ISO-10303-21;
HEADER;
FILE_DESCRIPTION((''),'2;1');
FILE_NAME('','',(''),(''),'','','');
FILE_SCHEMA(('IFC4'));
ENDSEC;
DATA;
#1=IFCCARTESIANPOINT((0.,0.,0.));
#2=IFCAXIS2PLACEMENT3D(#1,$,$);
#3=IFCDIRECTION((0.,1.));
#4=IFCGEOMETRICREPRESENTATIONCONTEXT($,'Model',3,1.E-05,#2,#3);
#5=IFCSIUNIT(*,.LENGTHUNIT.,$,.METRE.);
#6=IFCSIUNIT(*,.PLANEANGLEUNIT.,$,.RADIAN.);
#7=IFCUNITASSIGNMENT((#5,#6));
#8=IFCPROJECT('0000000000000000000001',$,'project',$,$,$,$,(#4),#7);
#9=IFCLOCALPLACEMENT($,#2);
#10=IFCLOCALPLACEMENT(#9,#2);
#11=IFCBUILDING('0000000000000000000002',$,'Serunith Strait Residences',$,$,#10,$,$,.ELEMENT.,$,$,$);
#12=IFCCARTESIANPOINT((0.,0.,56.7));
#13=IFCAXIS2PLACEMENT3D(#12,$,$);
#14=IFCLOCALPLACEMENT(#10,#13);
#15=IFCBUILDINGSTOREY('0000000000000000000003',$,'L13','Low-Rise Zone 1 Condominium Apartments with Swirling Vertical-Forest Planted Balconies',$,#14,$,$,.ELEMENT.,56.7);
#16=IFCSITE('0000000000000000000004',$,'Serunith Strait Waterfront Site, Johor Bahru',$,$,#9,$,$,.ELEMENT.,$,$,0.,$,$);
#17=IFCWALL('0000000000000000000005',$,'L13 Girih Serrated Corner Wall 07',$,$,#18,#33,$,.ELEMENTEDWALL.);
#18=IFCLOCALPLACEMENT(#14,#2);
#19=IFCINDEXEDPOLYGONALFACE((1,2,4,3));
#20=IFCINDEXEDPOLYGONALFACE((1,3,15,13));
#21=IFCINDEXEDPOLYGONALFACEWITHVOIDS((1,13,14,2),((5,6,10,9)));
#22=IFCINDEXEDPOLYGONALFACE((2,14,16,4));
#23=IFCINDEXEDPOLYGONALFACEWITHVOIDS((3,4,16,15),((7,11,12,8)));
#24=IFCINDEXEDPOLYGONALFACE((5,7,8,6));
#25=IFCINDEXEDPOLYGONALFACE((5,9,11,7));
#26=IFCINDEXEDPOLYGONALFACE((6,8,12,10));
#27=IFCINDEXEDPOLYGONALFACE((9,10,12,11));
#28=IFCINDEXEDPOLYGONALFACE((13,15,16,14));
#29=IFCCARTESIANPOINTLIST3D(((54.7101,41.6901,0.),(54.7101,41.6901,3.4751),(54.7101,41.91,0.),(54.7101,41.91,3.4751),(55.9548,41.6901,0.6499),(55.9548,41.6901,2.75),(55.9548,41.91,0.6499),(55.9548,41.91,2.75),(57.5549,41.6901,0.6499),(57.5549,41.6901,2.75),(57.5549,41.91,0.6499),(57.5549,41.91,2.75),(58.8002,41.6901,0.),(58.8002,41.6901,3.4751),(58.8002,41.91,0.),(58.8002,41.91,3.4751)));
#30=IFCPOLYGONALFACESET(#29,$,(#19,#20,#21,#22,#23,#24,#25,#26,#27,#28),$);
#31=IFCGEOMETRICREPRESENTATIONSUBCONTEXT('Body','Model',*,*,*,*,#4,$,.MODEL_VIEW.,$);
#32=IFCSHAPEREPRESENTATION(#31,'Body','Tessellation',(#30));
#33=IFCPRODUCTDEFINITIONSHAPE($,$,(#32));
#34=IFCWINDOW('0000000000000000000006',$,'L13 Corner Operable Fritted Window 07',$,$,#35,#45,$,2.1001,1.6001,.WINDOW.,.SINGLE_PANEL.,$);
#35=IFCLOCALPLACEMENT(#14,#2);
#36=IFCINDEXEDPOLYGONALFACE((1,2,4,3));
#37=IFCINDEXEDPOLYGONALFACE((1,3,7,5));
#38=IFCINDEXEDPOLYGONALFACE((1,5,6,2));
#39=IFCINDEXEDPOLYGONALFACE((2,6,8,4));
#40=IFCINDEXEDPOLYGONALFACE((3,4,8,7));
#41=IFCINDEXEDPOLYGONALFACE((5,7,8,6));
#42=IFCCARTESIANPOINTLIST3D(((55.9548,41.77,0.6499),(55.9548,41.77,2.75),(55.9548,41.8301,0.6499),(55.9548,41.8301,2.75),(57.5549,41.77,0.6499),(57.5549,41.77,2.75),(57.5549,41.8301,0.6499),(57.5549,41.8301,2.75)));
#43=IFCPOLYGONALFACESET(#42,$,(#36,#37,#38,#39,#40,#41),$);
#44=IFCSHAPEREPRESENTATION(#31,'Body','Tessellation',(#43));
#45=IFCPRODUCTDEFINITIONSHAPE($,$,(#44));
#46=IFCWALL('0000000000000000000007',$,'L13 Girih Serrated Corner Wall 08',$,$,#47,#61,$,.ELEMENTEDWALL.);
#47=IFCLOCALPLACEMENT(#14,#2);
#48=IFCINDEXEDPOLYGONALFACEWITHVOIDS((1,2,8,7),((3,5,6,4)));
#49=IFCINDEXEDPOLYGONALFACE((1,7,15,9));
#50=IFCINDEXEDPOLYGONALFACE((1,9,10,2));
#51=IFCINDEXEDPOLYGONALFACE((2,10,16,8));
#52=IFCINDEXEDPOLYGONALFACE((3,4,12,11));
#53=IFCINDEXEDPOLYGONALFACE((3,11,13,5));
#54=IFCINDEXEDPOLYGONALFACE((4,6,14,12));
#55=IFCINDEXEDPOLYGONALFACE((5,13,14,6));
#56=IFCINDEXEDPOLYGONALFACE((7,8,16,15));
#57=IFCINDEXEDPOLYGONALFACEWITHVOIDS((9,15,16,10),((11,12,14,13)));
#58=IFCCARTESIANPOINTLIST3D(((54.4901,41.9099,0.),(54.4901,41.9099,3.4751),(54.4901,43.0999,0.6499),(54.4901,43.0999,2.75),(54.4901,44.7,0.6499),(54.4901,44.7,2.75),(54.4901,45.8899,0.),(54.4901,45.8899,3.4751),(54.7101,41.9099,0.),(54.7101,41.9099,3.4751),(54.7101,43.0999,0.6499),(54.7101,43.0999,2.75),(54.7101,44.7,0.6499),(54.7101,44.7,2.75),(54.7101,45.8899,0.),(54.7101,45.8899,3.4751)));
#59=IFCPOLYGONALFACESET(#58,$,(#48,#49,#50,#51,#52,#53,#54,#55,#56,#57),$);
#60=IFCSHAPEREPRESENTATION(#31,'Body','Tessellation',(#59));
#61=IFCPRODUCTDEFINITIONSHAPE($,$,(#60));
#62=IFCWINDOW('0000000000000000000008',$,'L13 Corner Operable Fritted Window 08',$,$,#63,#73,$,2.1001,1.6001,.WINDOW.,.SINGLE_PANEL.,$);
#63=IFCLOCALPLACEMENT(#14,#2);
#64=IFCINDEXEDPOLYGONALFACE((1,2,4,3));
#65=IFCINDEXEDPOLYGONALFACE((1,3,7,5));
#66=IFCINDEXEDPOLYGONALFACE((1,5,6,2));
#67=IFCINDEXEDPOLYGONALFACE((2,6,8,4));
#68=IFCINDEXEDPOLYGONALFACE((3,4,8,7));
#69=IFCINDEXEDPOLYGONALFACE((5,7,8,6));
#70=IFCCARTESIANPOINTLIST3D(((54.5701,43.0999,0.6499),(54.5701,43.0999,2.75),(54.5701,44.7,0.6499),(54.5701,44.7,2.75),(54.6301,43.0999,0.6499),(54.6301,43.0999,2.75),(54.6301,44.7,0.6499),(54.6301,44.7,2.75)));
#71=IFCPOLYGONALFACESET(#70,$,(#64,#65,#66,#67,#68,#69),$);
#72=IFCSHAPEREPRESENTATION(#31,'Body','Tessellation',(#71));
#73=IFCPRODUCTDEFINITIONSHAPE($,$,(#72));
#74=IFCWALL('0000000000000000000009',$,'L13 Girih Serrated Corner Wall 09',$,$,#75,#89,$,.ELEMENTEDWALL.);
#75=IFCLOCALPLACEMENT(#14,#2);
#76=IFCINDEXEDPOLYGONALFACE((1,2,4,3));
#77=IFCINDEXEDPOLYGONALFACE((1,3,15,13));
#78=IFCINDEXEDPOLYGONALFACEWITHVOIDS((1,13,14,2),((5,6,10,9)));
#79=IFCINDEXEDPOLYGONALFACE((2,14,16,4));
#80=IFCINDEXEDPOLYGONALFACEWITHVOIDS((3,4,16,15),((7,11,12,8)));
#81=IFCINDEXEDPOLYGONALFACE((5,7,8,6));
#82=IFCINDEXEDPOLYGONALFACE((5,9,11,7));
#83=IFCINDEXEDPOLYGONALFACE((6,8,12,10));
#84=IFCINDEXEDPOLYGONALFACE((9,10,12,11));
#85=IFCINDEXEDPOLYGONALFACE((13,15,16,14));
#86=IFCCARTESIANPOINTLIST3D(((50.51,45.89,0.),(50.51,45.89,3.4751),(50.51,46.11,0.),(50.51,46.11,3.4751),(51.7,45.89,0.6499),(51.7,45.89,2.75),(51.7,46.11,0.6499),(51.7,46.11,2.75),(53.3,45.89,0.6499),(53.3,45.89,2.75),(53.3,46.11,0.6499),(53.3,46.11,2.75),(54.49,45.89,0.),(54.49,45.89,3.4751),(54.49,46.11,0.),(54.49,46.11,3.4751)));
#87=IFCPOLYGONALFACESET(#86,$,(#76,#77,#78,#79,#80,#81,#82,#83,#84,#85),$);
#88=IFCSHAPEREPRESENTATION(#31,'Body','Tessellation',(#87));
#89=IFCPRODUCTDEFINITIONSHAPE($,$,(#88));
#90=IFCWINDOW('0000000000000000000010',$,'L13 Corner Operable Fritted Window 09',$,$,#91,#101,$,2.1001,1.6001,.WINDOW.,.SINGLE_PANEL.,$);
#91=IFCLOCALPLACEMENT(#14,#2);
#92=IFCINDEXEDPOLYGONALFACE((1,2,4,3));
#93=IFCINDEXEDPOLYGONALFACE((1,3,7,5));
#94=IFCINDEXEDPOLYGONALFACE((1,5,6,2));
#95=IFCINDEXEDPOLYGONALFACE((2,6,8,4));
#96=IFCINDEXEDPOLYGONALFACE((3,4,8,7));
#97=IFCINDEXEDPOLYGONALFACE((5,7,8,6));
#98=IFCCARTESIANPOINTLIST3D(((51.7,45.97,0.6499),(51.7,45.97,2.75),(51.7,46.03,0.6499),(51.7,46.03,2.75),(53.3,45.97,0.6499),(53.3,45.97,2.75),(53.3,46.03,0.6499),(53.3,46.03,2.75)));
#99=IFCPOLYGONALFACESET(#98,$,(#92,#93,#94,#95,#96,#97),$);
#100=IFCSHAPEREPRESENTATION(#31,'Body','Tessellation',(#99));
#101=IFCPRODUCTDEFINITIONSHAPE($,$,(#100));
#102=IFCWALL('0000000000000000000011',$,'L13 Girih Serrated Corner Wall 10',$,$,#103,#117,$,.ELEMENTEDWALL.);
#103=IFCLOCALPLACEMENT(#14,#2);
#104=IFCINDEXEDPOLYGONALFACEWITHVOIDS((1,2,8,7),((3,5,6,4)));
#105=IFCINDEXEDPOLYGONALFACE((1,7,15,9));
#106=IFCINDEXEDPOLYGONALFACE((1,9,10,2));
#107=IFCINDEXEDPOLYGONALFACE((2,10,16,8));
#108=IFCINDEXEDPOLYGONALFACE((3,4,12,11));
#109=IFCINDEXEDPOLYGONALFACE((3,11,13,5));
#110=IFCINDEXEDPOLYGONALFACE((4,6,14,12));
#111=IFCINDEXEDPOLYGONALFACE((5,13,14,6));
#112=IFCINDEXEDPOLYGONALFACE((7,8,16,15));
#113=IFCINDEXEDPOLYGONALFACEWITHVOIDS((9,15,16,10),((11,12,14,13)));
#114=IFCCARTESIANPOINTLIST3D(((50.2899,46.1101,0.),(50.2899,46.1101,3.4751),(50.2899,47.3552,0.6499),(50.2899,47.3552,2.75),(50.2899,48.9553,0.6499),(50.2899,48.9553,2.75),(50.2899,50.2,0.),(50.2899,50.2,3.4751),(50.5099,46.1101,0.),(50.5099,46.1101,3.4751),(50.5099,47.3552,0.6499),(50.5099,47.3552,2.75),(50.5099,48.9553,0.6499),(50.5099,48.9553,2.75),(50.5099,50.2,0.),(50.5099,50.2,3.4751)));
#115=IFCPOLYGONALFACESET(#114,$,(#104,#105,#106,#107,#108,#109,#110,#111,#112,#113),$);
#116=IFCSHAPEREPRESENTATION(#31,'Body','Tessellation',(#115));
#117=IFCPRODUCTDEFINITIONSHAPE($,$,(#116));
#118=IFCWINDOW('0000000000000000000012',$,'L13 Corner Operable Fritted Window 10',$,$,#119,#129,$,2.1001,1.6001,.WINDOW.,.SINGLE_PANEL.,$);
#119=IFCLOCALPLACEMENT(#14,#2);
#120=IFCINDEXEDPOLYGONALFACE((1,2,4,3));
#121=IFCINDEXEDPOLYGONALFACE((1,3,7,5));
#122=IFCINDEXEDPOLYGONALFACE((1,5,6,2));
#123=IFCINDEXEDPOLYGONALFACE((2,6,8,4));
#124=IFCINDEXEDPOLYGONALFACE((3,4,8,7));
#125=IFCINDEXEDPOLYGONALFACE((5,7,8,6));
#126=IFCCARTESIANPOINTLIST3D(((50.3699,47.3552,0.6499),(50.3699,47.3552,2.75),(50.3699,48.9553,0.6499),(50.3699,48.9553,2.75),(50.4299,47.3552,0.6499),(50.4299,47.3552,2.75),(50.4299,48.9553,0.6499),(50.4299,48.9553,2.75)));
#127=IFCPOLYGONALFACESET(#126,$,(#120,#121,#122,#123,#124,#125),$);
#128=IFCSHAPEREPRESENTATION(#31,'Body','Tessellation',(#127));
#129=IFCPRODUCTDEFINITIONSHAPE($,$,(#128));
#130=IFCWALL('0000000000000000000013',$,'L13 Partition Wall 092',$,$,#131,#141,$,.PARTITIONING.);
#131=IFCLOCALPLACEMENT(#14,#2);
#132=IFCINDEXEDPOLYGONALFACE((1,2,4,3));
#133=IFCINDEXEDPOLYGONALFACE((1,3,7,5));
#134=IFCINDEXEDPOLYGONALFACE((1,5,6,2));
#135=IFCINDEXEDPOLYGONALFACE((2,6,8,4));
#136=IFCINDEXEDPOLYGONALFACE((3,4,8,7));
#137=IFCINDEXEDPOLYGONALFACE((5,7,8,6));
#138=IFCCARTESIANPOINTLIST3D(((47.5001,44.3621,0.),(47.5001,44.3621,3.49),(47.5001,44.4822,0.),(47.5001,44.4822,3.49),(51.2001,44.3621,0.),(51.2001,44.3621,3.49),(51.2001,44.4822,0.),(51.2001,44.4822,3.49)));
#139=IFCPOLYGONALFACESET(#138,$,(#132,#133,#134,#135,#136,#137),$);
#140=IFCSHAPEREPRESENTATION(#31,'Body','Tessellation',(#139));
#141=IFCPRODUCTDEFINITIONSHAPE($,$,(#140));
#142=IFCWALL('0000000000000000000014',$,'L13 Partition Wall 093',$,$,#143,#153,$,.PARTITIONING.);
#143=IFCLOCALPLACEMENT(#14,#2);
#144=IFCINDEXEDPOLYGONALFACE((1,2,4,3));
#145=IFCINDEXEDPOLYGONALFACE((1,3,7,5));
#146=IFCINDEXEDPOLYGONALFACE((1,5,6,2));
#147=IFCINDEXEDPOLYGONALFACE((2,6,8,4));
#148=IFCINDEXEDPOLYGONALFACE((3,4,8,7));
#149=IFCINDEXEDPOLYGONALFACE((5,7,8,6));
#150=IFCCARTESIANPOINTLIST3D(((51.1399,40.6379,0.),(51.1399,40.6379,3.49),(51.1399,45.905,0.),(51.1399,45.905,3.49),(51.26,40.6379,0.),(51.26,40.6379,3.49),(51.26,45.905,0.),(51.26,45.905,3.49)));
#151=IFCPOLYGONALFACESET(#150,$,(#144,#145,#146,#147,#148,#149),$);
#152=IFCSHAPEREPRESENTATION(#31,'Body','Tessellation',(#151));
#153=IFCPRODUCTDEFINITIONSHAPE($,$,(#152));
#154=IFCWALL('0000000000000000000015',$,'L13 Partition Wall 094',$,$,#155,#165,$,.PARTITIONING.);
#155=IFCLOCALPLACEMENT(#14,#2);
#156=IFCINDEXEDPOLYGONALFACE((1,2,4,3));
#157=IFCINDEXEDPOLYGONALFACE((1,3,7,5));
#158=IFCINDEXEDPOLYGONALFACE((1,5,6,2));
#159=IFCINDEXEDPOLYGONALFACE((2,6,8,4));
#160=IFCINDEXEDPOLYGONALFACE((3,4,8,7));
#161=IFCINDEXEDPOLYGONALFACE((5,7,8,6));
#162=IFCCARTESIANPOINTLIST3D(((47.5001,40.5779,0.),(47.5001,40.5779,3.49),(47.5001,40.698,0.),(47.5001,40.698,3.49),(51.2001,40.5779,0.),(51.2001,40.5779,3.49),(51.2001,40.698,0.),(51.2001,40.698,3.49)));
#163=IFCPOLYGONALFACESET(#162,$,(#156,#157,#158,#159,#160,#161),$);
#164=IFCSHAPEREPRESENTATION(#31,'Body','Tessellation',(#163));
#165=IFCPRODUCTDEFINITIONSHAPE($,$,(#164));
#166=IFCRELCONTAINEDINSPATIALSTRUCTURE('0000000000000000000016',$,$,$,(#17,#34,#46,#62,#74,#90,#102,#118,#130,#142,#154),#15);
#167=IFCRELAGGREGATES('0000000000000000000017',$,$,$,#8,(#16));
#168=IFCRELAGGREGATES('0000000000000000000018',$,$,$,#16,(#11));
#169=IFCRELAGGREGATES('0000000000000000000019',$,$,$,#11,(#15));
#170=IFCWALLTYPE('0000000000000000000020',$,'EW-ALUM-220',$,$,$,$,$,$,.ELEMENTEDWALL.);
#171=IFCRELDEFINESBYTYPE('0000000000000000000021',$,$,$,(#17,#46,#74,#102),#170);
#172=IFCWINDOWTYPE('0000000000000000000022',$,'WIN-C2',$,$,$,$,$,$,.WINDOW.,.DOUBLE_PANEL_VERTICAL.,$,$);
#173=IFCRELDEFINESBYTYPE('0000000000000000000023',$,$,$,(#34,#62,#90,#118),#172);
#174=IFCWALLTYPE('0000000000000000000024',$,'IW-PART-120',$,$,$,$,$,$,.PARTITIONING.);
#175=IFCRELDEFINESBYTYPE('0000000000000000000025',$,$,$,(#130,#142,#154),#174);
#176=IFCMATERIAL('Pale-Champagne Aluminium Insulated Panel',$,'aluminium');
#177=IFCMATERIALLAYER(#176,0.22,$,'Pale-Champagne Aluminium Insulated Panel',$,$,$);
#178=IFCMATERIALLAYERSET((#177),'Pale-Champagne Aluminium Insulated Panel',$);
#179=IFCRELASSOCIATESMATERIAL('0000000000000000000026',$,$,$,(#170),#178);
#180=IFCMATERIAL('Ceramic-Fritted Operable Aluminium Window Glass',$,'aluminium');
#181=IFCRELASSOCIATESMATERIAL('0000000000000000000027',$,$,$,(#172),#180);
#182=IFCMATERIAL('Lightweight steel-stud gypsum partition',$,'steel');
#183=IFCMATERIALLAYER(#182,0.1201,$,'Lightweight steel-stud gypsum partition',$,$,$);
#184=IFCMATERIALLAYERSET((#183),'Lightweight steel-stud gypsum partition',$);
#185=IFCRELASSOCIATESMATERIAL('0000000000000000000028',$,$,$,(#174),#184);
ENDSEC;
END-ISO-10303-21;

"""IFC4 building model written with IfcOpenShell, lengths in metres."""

from ifc_helpers import new_model, si_unit, direction, frame, frame_2d, origin, place, context, subcontext, project, spatial, rectangle, extrude, source, transform, mapped, material, layer, layer_set, type_object, element, fill, save


model = new_model("IFC4")

# Units and contexts
model_context = context("Model", 3, precision=1e-05, world=origin(), true_north=direction((0.0, 1.0)))
body_context = subcontext(model_context, "Body", "Model", "MODEL_VIEW")
ifc_project = project(units=[si_unit("LENGTHUNIT", "METRE"), si_unit("PLANEANGLEUNIT", "RADIAN")], contexts=[model_context])

# Site, building, storey
site_placement = place(None, origin())
site = spatial("IfcSite", under=ifc_project, at=site_placement, Name="Serunith Strait Waterfront Site, Johor Bahru", CompositionType="ELEMENT", RefElevation=0.0)
building_placement = place(site_placement, origin())
building = spatial("IfcBuilding", under=site, at=building_placement, Name="Serunith Strait Residences", CompositionType="ELEMENT")
storey_placement = place(building_placement, frame((0.0, 0.0, 56.7)))
storey = spatial("IfcBuildingStorey", under=building, at=storey_placement, Name="L13", Description="Low-Rise Zone 1 Condominium Apartments with Swirling Vertical-Forest Planted Balconies", CompositionType="ELEMENT", Elevation=56.7)

# Walls, openings, windows
ifc_material_1 = material(Name="Pale-Champagne Aluminium Insulated Panel", Category="aluminium")
ifc_layer_1 = layer(ifc_material_1, 0.22, Name="Pale-Champagne Aluminium Insulated Panel")
ifc_layer_set_1 = layer_set([ifc_layer_1], Name="Pale-Champagne Aluminium Insulated Panel")
wall_type_1 = type_object("IfcWallType", Name="EW-ALUM-220", PredefinedType="ELEMENTEDWALL", material=ifc_layer_set_1)
wall_1_placement = place(storey_placement, frame((58.8, 41.8, 0.0), z_axis=(0.0, 0.0, 1.0), x_axis=(-1.0, 0.0, 0.0)))
wall_1 = element("IfcWall", 1, at=wall_1_placement, inside=storey, type_object=wall_type_1, Name="L13 Girih Serrated Corner Wall 07", PredefinedType="ELEMENTEDWALL", context=body_context, shape_type="SweptSolid", body=[
    extrude(rectangle(XDim=4.0901, YDim=0.22, at=frame_2d((2.0449, 0.0))), origin(), (0.0, 0.0, 1.0), 3.4751),
])
opening_1_placement = place(wall_1_placement, frame((1.2451, 0.0, 0.6499)))
opening_1 = element("IfcOpeningElement", 2, at=opening_1_placement, cuts=wall_1, PredefinedType="OPENING", context=body_context, shape_type="SweptSolid", body=[
    extrude(rectangle(XDim=1.6001, YDim=2.1001, at=frame_2d((0.8, 1.05))), frame((0.0, 0.1201, 0.0), z_axis=(0.0, -1.0, 0.0), x_axis=(1.0, 0.0, 0.0)), (0.0, 0.0, 1.0), 0.24),
])
ifc_material_2 = material(Name="Ceramic-Fritted Operable Aluminium Window Glass", Category="aluminium")
window_type = type_object("IfcWindowType", Name="WIN-C2", PartitioningType="DOUBLE_PANEL_VERTICAL", PredefinedType="WINDOW", material=ifc_material_2)
shared_shape_1 = source(origin(), body_context, "Body", "SweptSolid", [
    extrude(rectangle(XDim=1.6001, YDim=2.1001, at=frame_2d((0.8, 1.05))), frame((0.0, 0.03, 0.0), z_axis=(0.0, -1.0, 0.0), x_axis=(1.0, 0.0, 0.0)), (0.0, 0.0, 1.0), 0.0601),
])
window_1_placement = place(opening_1_placement, origin())
window_1 = element("IfcWindow", 3, at=window_1_placement, inside=storey, type_object=window_type, Name="L13 Corner Operable Fritted Window 07", OverallHeight=2.1001, OverallWidth=1.6001, PartitioningType="SINGLE_PANEL", PredefinedType="WINDOW", context=body_context, shape_type="MappedRepresentation", body=[
    mapped(shared_shape_1, transform((0.0, 0.0, 0.0), scale=1.0)),
])
fill(opening_1, window_1)
wall_2_placement = place(storey_placement, frame((54.6001, 41.9099, 0.0), z_axis=(0.0, 0.0, 1.0), x_axis=(0.0, 1.0, 0.0)))
wall_2 = element("IfcWall", 4, at=wall_2_placement, inside=storey, type_object=wall_type_1, Name="L13 Girih Serrated Corner Wall 08", PredefinedType="ELEMENTEDWALL", context=body_context, shape_type="SweptSolid", body=[
    extrude(rectangle(XDim=3.98, YDim=0.22, at=frame_2d((1.99, 0.0))), origin(), (0.0, 0.0, 1.0), 3.4751),
])
opening_2_placement = place(wall_2_placement, frame((1.1899, 0.0, 0.6499)))
opening_2 = element("IfcOpeningElement", 5, at=opening_2_placement, cuts=wall_2, PredefinedType="OPENING", context=body_context, shape_type="SweptSolid", body=[
    extrude(rectangle(XDim=1.6001, YDim=2.1001, at=frame_2d((0.8, 1.05))), frame((0.0, 0.1201, 0.0), z_axis=(0.0, -1.0, 0.0), x_axis=(1.0, 0.0, 0.0)), (0.0, 0.0, 1.0), 0.24),
])
window_2_placement = place(opening_2_placement, origin())
window_2 = element("IfcWindow", 6, at=window_2_placement, inside=storey, type_object=window_type, Name="L13 Corner Operable Fritted Window 08", OverallHeight=2.1001, OverallWidth=1.6001, PartitioningType="SINGLE_PANEL", PredefinedType="WINDOW", context=body_context, shape_type="MappedRepresentation", body=[
    mapped(shared_shape_1, transform((0.0, 0.0, 0.0), scale=1.0)),
])
fill(opening_2, window_2)
wall_3_placement = place(storey_placement, frame((54.49, 46.0, 0.0), z_axis=(0.0, 0.0, 1.0), x_axis=(-1.0, 0.0, 0.0)))
wall_3 = element("IfcWall", 7, at=wall_3_placement, inside=storey, type_object=wall_type_1, Name="L13 Girih Serrated Corner Wall 09", PredefinedType="ELEMENTEDWALL", context=body_context, shape_type="SweptSolid", body=[
    extrude(rectangle(XDim=3.98, YDim=0.22, at=frame_2d((1.99, 0.0))), origin(), (0.0, 0.0, 1.0), 3.4751),
])
opening_3_placement = place(wall_3_placement, frame((1.1899, 0.0, 0.6499)))
opening_3 = element("IfcOpeningElement", 8, at=opening_3_placement, cuts=wall_3, PredefinedType="OPENING", context=body_context, shape_type="SweptSolid", body=[
    extrude(rectangle(XDim=1.6001, YDim=2.1001, at=frame_2d((0.8, 1.05))), frame((0.0, 0.1201, 0.0), z_axis=(0.0, -1.0, 0.0), x_axis=(1.0, 0.0, 0.0)), (0.0, 0.0, 1.0), 0.24),
])
window_3_placement = place(opening_3_placement, origin())
window_3 = element("IfcWindow", 9, at=window_3_placement, inside=storey, type_object=window_type, Name="L13 Corner Operable Fritted Window 09", OverallHeight=2.1001, OverallWidth=1.6001, PartitioningType="SINGLE_PANEL", PredefinedType="WINDOW", context=body_context, shape_type="MappedRepresentation", body=[
    mapped(shared_shape_1, transform((0.0, 0.0, 0.0), scale=1.0)),
])
fill(opening_3, window_3)
wall_4_placement = place(storey_placement, frame((50.3999, 46.1101, 0.0), z_axis=(0.0, 0.0, 1.0), x_axis=(0.0, 1.0, 0.0)))
wall_4 = element("IfcWall", 10, at=wall_4_placement, inside=storey, type_object=wall_type_1, Name="L13 Girih Serrated Corner Wall 10", PredefinedType="ELEMENTEDWALL", context=body_context, shape_type="SweptSolid", body=[
    extrude(rectangle(XDim=4.0898, YDim=0.22, at=frame_2d((2.0449, 0.0))), origin(), (0.0, 0.0, 1.0), 3.4751),
])
opening_4_placement = place(wall_4_placement, frame((1.2451, 0.0, 0.6499)))
opening_4 = element("IfcOpeningElement", 11, at=opening_4_placement, cuts=wall_4, PredefinedType="OPENING", context=body_context, shape_type="SweptSolid", body=[
    extrude(rectangle(XDim=1.6001, YDim=2.1001, at=frame_2d((0.8, 1.05))), frame((0.0, 0.1201, 0.0), z_axis=(0.0, -1.0, 0.0), x_axis=(1.0, 0.0, 0.0)), (0.0, 0.0, 1.0), 0.24),
])
window_4_placement = place(opening_4_placement, origin())
window_4 = element("IfcWindow", 12, at=window_4_placement, inside=storey, type_object=window_type, Name="L13 Corner Operable Fritted Window 10", OverallHeight=2.1001, OverallWidth=1.6001, PartitioningType="SINGLE_PANEL", PredefinedType="WINDOW", context=body_context, shape_type="MappedRepresentation", body=[
    mapped(shared_shape_1, transform((0.0, 0.0, 0.0), scale=1.0)),
])
fill(opening_4, window_4)

# Walls
ifc_material_3 = material(Name="Lightweight steel-stud gypsum partition", Category="steel")
ifc_layer_2 = layer(ifc_material_3, 0.1201, Name="Lightweight steel-stud gypsum partition")
ifc_layer_set_2 = layer_set([ifc_layer_2], Name="Lightweight steel-stud gypsum partition")
wall_type_2 = type_object("IfcWallType", Name="IW-PART-120", PredefinedType="PARTITIONING", material=ifc_layer_set_2)
wall_5_placement = place(storey_placement, frame((47.5, 44.4221, 0.0), z_axis=(0.0, 0.0, 1.0), x_axis=(1.0, 0.0, 0.0)))
element("IfcWall", 13, at=wall_5_placement, inside=storey, type_object=wall_type_2, Name="L13 Partition Wall 092", PredefinedType="PARTITIONING", context=body_context, shape_type="SweptSolid", body=[
    extrude(rectangle(XDim=3.7, YDim=0.1201, at=frame_2d((1.8501, 0.0))), origin(), (0.0, 0.0, 1.0), 3.49),
])
wall_6_placement = place(storey_placement, frame((51.2, 45.905, 0.0), z_axis=(0.0, 0.0, 1.0), x_axis=(0.0, -1.0, 0.0)))
element("IfcWall", 14, at=wall_6_placement, inside=storey, type_object=wall_type_2, Name="L13 Partition Wall 093", PredefinedType="PARTITIONING", context=body_context, shape_type="SweptSolid", body=[
    extrude(rectangle(XDim=5.2671, YDim=0.1201, at=frame_2d((2.6335, 0.0))), origin(), (0.0, 0.0, 1.0), 3.49),
])
wall_7_placement = place(storey_placement, frame((47.5, 40.6379, 0.0), z_axis=(0.0, 0.0, 1.0), x_axis=(1.0, 0.0, 0.0)))
element("IfcWall", 15, at=wall_7_placement, inside=storey, type_object=wall_type_2, Name="L13 Partition Wall 094", PredefinedType="PARTITIONING", context=body_context, shape_type="SweptSolid", body=[
    extrude(rectangle(XDim=3.7, YDim=0.1201, at=frame_2d((1.8501, 0.0))), origin(), (0.0, 0.0, 1.0), 3.49),
])

save(model, "model.ifc")
